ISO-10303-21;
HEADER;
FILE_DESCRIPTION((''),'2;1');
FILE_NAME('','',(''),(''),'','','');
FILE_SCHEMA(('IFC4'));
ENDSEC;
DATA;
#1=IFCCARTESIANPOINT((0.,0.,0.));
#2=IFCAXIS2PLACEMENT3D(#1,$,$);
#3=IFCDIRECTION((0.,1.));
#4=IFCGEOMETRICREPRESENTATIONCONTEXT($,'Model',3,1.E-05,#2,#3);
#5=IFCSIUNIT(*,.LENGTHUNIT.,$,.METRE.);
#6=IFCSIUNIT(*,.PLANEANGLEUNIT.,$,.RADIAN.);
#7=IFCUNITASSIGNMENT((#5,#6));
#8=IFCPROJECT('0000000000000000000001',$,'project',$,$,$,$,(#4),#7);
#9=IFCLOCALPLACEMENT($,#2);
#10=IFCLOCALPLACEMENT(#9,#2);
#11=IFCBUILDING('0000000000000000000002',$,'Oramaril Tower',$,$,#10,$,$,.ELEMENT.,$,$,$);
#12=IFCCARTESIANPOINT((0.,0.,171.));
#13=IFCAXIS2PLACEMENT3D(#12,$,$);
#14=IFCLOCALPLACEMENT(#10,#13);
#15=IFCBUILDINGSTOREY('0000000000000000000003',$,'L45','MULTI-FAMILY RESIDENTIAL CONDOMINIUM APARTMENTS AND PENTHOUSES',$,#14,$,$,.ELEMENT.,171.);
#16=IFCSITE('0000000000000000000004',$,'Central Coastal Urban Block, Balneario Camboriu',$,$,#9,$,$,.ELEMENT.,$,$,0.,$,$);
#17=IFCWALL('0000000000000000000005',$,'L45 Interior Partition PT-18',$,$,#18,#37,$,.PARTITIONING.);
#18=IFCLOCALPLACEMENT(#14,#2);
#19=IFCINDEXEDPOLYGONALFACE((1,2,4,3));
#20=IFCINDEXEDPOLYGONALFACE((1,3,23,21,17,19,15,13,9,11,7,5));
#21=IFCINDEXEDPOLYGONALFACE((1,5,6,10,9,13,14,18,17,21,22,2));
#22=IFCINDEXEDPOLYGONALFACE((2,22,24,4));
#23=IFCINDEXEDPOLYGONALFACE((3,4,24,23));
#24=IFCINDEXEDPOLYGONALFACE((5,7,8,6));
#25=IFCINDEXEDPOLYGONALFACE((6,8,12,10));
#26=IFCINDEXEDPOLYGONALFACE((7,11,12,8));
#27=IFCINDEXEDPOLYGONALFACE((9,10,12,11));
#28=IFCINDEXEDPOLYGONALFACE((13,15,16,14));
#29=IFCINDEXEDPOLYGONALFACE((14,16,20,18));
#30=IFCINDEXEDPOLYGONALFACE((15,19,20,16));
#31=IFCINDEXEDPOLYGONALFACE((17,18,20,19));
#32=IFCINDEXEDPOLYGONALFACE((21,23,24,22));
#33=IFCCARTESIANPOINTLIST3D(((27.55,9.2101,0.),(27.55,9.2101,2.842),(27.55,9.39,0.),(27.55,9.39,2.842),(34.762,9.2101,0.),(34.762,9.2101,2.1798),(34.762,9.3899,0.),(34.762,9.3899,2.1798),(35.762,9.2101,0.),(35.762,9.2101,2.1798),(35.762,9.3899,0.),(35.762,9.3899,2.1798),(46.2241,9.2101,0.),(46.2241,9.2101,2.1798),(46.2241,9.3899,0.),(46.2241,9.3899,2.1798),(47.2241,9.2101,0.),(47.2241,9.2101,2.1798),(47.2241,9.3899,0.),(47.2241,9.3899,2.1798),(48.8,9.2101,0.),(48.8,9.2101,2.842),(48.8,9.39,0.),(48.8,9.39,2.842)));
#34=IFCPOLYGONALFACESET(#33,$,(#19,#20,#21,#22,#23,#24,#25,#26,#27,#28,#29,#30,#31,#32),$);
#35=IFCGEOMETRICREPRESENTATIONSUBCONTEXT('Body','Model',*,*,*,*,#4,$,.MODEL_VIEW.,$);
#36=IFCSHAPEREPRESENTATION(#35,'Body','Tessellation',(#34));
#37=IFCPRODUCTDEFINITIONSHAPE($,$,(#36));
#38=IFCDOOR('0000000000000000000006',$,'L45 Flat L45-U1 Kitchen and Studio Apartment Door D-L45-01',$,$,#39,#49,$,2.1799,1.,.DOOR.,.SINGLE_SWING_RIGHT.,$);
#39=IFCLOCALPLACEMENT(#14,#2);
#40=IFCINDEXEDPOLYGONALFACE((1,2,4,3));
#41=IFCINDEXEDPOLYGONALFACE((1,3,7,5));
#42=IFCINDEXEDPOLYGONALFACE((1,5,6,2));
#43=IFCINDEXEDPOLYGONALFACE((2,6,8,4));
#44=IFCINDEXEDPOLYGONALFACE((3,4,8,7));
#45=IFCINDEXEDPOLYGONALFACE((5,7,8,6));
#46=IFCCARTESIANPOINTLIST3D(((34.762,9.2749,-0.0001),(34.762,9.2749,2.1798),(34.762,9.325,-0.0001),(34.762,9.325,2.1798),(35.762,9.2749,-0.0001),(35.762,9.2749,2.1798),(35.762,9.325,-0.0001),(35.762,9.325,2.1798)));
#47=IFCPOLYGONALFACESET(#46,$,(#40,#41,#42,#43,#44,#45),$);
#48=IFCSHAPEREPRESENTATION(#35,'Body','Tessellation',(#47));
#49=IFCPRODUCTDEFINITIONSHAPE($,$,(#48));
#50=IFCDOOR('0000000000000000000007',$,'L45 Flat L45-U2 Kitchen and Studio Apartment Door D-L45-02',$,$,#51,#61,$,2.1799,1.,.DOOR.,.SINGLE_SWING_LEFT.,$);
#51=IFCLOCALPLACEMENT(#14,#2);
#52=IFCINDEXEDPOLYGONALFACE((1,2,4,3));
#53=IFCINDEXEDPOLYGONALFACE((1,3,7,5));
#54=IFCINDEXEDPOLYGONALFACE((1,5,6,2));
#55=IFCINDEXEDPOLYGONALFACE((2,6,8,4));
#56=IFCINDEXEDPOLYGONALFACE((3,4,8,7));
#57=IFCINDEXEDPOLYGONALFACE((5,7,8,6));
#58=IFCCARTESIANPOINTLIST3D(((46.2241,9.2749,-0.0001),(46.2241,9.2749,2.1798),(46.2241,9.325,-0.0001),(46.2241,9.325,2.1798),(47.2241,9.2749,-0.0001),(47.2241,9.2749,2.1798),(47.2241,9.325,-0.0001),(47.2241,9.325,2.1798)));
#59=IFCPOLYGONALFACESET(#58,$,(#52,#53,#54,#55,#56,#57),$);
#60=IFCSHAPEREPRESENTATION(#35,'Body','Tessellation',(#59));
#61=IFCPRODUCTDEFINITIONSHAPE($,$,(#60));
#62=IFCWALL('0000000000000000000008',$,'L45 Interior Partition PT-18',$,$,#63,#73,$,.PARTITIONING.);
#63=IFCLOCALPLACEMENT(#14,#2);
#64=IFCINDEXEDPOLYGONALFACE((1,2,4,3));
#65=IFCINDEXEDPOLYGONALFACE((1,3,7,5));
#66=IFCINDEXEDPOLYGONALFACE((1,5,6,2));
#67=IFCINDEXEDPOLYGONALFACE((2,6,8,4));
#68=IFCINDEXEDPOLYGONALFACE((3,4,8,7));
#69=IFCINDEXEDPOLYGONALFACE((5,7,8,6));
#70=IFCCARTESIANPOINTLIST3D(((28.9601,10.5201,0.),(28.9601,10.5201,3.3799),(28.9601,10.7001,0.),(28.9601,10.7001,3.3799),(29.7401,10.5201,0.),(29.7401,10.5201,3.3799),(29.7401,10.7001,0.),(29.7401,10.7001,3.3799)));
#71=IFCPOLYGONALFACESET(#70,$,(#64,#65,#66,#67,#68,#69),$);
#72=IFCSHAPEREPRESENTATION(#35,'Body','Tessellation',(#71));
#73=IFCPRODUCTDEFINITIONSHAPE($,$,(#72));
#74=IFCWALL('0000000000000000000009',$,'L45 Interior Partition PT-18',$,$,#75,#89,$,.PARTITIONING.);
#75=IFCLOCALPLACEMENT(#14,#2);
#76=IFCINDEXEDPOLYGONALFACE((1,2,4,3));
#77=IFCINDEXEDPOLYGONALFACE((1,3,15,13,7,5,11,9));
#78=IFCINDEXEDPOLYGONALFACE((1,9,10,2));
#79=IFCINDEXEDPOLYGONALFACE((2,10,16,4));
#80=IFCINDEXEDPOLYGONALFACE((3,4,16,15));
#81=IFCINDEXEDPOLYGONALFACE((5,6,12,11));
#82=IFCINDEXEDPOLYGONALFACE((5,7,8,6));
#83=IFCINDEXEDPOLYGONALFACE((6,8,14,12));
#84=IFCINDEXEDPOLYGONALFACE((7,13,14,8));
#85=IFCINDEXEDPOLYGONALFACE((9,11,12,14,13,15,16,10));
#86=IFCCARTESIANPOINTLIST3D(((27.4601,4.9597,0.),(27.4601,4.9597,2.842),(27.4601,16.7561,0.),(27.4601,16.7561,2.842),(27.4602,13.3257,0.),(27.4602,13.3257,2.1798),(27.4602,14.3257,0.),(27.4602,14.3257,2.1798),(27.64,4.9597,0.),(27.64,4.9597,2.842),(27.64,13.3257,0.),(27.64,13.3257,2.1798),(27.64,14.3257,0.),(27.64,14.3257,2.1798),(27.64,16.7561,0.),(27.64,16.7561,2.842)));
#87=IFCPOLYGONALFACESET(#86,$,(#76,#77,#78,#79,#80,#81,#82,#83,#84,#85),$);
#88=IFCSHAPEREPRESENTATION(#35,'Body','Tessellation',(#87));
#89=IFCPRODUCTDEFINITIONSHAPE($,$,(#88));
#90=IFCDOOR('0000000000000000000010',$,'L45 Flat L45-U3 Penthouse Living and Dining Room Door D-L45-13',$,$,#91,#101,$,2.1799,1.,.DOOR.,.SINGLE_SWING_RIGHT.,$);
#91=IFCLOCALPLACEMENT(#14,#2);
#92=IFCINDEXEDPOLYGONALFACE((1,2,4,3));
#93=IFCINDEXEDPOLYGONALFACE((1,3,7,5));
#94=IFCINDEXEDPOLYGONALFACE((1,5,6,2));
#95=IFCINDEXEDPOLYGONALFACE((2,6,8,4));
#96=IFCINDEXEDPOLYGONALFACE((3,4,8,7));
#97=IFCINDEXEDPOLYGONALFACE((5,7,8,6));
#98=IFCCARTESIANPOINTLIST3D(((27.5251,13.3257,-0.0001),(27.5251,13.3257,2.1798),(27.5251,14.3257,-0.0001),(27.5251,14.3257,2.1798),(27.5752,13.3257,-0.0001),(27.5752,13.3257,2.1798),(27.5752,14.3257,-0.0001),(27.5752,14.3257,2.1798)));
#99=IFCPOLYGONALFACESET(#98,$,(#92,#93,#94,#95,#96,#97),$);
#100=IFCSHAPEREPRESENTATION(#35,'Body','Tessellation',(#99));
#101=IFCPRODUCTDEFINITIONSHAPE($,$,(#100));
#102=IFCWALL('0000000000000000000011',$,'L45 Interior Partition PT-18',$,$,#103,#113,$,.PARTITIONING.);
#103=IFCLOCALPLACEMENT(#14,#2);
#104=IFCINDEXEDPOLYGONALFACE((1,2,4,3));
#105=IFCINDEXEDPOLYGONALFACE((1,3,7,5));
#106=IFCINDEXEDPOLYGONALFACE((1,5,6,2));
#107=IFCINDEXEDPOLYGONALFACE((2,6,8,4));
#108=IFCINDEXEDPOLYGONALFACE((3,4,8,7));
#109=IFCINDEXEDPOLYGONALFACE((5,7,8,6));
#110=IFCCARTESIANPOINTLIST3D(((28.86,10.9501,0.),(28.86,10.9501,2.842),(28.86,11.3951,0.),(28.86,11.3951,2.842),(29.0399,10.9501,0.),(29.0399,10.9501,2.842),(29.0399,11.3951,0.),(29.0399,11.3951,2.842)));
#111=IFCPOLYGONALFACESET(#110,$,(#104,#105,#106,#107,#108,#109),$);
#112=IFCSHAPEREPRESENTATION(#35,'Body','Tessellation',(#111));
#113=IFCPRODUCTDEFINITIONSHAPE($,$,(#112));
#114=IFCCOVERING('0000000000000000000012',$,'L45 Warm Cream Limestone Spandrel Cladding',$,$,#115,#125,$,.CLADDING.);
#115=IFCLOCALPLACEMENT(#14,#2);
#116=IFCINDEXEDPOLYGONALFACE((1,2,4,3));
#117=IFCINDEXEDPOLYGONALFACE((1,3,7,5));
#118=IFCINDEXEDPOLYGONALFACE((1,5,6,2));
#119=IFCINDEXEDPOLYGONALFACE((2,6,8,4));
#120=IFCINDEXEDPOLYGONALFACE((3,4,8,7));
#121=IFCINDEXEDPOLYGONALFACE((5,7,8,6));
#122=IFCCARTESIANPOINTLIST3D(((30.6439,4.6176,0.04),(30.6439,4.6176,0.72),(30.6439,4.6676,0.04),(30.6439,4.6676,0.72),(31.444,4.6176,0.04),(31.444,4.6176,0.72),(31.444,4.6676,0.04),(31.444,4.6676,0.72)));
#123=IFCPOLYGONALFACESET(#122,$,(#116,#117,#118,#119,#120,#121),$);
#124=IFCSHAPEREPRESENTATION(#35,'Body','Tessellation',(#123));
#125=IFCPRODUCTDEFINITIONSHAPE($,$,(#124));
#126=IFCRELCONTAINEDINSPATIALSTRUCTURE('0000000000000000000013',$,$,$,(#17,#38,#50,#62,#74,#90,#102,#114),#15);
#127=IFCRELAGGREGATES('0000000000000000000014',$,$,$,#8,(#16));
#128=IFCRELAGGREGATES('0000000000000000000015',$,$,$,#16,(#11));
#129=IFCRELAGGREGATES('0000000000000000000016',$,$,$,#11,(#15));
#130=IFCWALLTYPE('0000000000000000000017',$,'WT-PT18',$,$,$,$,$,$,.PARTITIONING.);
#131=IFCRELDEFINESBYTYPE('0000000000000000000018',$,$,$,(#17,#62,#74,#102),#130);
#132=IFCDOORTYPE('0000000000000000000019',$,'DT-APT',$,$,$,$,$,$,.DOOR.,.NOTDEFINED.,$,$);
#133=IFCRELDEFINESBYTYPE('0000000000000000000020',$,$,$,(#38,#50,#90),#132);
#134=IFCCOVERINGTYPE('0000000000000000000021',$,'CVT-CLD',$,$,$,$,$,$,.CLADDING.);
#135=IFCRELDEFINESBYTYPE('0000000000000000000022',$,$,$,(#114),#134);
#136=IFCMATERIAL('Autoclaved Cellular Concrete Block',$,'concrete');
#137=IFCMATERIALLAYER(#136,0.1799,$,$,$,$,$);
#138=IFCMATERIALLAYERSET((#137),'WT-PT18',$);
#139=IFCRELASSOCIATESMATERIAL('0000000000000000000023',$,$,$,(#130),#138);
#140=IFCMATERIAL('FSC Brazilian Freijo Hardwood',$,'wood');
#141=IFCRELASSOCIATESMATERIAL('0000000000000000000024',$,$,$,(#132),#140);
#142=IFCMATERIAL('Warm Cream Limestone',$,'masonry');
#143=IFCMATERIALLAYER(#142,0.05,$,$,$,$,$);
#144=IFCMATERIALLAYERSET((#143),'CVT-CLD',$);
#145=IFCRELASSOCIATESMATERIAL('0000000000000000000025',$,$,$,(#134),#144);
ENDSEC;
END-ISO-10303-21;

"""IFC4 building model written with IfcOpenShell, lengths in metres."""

from ifc_helpers import new_model, si_unit, direction, frame, frame_2d, origin, origin_2d, place, context, subcontext, project, spatial, rectangle, extrude, material, layer, layer_set, type_object, element, fill, save


model = new_model("IFC4")

# Units and contexts
model_context = context("Model", 3, precision=1e-05, world=origin(), true_north=direction((0.0, 1.0)))
body_context = subcontext(model_context, "Body", "Model", "MODEL_VIEW")
ifc_project = project(units=[si_unit("LENGTHUNIT", "METRE"), si_unit("PLANEANGLEUNIT", "RADIAN")], contexts=[model_context])

# Site, building, storey
site_placement = place(None, origin())
site = spatial("IfcSite", under=ifc_project, at=site_placement, Name="Central Coastal Urban Block, Balneario Camboriu", CompositionType="ELEMENT", RefElevation=0.0)
building_placement = place(site_placement, origin())
building = spatial("IfcBuilding", under=site, at=building_placement, Name="Oramaril Tower", CompositionType="ELEMENT")
storey_placement = place(building_placement, frame((0.0, 0.0, 171.0)))
storey = spatial("IfcBuildingStorey", under=building, at=storey_placement, Name="L45", Description="MULTI-FAMILY RESIDENTIAL CONDOMINIUM APARTMENTS AND PENTHOUSES", CompositionType="ELEMENT", Elevation=171.0)

# Wall, openings, doors
ifc_material_1 = material(Name="Autoclaved Cellular Concrete Block", Category="concrete")
ifc_layer_1 = layer(ifc_material_1, 0.1799)
ifc_layer_set_1 = layer_set([ifc_layer_1], Name="WT-PT18")
wall_type_1 = type_object("IfcWallType", Name="WT-PT18", PredefinedType="PARTITIONING", material=ifc_layer_set_1)
wall_1_placement = place(storey_placement, frame((27.55, 9.3, 0.0), z_axis=(0.0, 0.0, 1.0), x_axis=(1.0, 0.0, 0.0)))
wall_1 = element("IfcWall", 1, at=wall_1_placement, inside=storey, type_object=wall_type_1, Name="L45 Interior Partition PT-18", PredefinedType="PARTITIONING", context=body_context, shape_type="SweptSolid", body=[
    extrude(rectangle(XDim=21.25, YDim=0.1799, at=frame_2d((10.625, 0.0))), origin(), (0.0, 0.0, 1.0), 2.842),
])
opening_1_placement = place(wall_1_placement, frame((7.2119, 0.0, 0.0)))
opening_1 = element("IfcOpeningElement", 2, at=opening_1_placement, cuts=wall_1, PredefinedType="OPENING", context=body_context, shape_type="SweptSolid", body=[
    extrude(rectangle(XDim=1.0, YDim=2.1799, at=frame_2d((0.5, 1.0898))), frame((0.0, 0.0898, 0.0), z_axis=(0.0, -1.0, 0.0), x_axis=(1.0, 0.0, 0.0)), (0.0, 0.0, 1.0), 0.1799),
])
opening_2_placement = place(wall_1_placement, frame((18.6741, 0.0, 0.0)))
opening_2 = element("IfcOpeningElement", 3, at=opening_2_placement, cuts=wall_1, PredefinedType="OPENING", context=body_context, shape_type="SweptSolid", body=[
    extrude(rectangle(XDim=1.0, YDim=2.1799, at=frame_2d((0.5, 1.0898))), frame((0.0, 0.0898, 0.0), z_axis=(0.0, -1.0, 0.0), x_axis=(1.0, 0.0, 0.0)), (0.0, 0.0, 1.0), 0.1799),
])
ifc_material_2 = material(Name="FSC Brazilian Freijo Hardwood", Category="wood")
door_type_1 = type_object("IfcDoorType", Name="DT-APT", OperationType="NOTDEFINED", PredefinedType="DOOR", material=ifc_material_2)
door_1_placement = place(opening_1_placement, origin())
door_1 = element("IfcDoor", 4, at=door_1_placement, inside=storey, type_object=door_type_1, Name="L45 Flat L45-U1 Kitchen and Studio Apartment Door D-L45-01", OperationType="SINGLE_SWING_RIGHT", OverallHeight=2.1799, OverallWidth=1.0, PredefinedType="DOOR", context=body_context, shape_type="SweptSolid", body=[
    extrude(rectangle(XDim=1.0, YDim=2.1799, at=frame_2d((0.5, 1.0898))), frame((0.0, 0.0249, 0.0), z_axis=(0.0, -1.0, 0.0), x_axis=(1.0, 0.0, 0.0)), (0.0, 0.0, 1.0), 0.05),
])
fill(opening_1, door_1)
door_2_placement = place(opening_2_placement, origin())
door_2 = element("IfcDoor", 5, at=door_2_placement, inside=storey, type_object=door_type_1, Name="L45 Flat L45-U2 Kitchen and Studio Apartment Door D-L45-02", OperationType="SINGLE_SWING_LEFT", OverallHeight=2.1799, OverallWidth=1.0, PredefinedType="DOOR", context=body_context, shape_type="SweptSolid", body=[
    extrude(rectangle(XDim=1.0, YDim=2.1799, at=frame_2d((0.5, 1.0898))), frame((0.0, 0.0249, 0.0), z_axis=(0.0, -1.0, 0.0), x_axis=(1.0, 0.0, 0.0)), (0.0, 0.0, 1.0), 0.05),
])
fill(opening_2, door_2)

# Wall
wall_2_placement = place(storey_placement, frame((28.96, 10.6101, 0.0), z_axis=(0.0, 0.0, 1.0), x_axis=(1.0, 0.0, 0.0)))
element("IfcWall", 6, at=wall_2_placement, inside=storey, type_object=wall_type_1, Name="L45 Interior Partition PT-18", PredefinedType="PARTITIONING", context=body_context, shape_type="SweptSolid", body=[
    extrude(rectangle(XDim=0.78, YDim=0.1799, at=frame_2d((0.3901, 0.0))), origin(), (0.0, 0.0, 1.0), 3.3799),
])

# Wall, opening, door
wall_3_placement = place(storey_placement, frame((27.55, 4.9597, 0.0), z_axis=(0.0, 0.0, 1.0), x_axis=(0.0, 1.0, 0.0)))
wall_3 = element("IfcWall", 7, at=wall_3_placement, inside=storey, type_object=wall_type_1, Name="L45 Interior Partition PT-18", PredefinedType="PARTITIONING", context=body_context, shape_type="SweptSolid", body=[
    extrude(rectangle(XDim=11.7964, YDim=0.1799, at=frame_2d((5.8982, 0.0))), origin(), (0.0, 0.0, 1.0), 2.842),
])
opening_3_placement = place(wall_3_placement, frame((8.366, 0.0, 0.0)))
opening_3 = element("IfcOpeningElement", 8, at=opening_3_placement, cuts=wall_3, PredefinedType="OPENING", context=body_context, shape_type="SweptSolid", body=[
    extrude(rectangle(XDim=1.0, YDim=2.1799, at=frame_2d((0.5, 1.0898))), frame((0.0, 0.0898, 0.0), z_axis=(0.0, -1.0, 0.0), x_axis=(1.0, 0.0, 0.0)), (0.0, 0.0, 1.0), 0.1799),
])
door_3_placement = place(opening_3_placement, origin())
door_3 = element("IfcDoor", 9, at=door_3_placement, inside=storey, type_object=door_type_1, Name="L45 Flat L45-U3 Penthouse Living and Dining Room Door D-L45-13", OperationType="SINGLE_SWING_RIGHT", OverallHeight=2.1799, OverallWidth=1.0, PredefinedType="DOOR", context=body_context, shape_type="SweptSolid", body=[
    extrude(rectangle(XDim=1.0, YDim=2.1799, at=frame_2d((0.5, 1.0898))), frame((0.0, 0.0249, 0.0), z_axis=(0.0, -1.0, 0.0), x_axis=(1.0, 0.0, 0.0)), (0.0, 0.0, 1.0), 0.05),
])
fill(opening_3, door_3)

# Wall
wall_4_placement = place(storey_placement, frame((28.95, 10.95, 0.0), z_axis=(0.0, 0.0, 1.0), x_axis=(0.0, 1.0, 0.0)))
element("IfcWall", 10, at=wall_4_placement, inside=storey, type_object=wall_type_1, Name="L45 Interior Partition PT-18", PredefinedType="PARTITIONING", context=body_context, shape_type="SweptSolid", body=[
    extrude(rectangle(XDim=0.4451, YDim=0.1799, at=frame_2d((0.2227, 0.0))), origin(), (0.0, 0.0, 1.0), 2.842),
])

# Covering
ifc_material_3 = material(Name="Warm Cream Limestone", Category="masonry")
ifc_layer_2 = layer(ifc_material_3, 0.05)
ifc_layer_set_2 = layer_set([ifc_layer_2], Name="CVT-CLD")
covering_type = type_object("IfcCoveringType", Name="CVT-CLD", PredefinedType="CLADDING", material=ifc_layer_set_2)
covering_placement = place(storey_placement, frame((31.0439, 4.6426, 0.04), z_axis=(0.0, 0.0, 1.0), x_axis=(1.0, 0.0, 0.0)))
element("IfcCovering", 11, at=covering_placement, inside=storey, type_object=covering_type, Name="L45 Warm Cream Limestone Spandrel Cladding", PredefinedType="CLADDING", context=body_context, shape_type="SweptSolid", body=[
    extrude(rectangle(XDim=0.8, YDim=0.05, at=origin_2d()), origin(), (0.0, 0.0, 1.0), 0.6799),
])

save(model, "model.ifc")
